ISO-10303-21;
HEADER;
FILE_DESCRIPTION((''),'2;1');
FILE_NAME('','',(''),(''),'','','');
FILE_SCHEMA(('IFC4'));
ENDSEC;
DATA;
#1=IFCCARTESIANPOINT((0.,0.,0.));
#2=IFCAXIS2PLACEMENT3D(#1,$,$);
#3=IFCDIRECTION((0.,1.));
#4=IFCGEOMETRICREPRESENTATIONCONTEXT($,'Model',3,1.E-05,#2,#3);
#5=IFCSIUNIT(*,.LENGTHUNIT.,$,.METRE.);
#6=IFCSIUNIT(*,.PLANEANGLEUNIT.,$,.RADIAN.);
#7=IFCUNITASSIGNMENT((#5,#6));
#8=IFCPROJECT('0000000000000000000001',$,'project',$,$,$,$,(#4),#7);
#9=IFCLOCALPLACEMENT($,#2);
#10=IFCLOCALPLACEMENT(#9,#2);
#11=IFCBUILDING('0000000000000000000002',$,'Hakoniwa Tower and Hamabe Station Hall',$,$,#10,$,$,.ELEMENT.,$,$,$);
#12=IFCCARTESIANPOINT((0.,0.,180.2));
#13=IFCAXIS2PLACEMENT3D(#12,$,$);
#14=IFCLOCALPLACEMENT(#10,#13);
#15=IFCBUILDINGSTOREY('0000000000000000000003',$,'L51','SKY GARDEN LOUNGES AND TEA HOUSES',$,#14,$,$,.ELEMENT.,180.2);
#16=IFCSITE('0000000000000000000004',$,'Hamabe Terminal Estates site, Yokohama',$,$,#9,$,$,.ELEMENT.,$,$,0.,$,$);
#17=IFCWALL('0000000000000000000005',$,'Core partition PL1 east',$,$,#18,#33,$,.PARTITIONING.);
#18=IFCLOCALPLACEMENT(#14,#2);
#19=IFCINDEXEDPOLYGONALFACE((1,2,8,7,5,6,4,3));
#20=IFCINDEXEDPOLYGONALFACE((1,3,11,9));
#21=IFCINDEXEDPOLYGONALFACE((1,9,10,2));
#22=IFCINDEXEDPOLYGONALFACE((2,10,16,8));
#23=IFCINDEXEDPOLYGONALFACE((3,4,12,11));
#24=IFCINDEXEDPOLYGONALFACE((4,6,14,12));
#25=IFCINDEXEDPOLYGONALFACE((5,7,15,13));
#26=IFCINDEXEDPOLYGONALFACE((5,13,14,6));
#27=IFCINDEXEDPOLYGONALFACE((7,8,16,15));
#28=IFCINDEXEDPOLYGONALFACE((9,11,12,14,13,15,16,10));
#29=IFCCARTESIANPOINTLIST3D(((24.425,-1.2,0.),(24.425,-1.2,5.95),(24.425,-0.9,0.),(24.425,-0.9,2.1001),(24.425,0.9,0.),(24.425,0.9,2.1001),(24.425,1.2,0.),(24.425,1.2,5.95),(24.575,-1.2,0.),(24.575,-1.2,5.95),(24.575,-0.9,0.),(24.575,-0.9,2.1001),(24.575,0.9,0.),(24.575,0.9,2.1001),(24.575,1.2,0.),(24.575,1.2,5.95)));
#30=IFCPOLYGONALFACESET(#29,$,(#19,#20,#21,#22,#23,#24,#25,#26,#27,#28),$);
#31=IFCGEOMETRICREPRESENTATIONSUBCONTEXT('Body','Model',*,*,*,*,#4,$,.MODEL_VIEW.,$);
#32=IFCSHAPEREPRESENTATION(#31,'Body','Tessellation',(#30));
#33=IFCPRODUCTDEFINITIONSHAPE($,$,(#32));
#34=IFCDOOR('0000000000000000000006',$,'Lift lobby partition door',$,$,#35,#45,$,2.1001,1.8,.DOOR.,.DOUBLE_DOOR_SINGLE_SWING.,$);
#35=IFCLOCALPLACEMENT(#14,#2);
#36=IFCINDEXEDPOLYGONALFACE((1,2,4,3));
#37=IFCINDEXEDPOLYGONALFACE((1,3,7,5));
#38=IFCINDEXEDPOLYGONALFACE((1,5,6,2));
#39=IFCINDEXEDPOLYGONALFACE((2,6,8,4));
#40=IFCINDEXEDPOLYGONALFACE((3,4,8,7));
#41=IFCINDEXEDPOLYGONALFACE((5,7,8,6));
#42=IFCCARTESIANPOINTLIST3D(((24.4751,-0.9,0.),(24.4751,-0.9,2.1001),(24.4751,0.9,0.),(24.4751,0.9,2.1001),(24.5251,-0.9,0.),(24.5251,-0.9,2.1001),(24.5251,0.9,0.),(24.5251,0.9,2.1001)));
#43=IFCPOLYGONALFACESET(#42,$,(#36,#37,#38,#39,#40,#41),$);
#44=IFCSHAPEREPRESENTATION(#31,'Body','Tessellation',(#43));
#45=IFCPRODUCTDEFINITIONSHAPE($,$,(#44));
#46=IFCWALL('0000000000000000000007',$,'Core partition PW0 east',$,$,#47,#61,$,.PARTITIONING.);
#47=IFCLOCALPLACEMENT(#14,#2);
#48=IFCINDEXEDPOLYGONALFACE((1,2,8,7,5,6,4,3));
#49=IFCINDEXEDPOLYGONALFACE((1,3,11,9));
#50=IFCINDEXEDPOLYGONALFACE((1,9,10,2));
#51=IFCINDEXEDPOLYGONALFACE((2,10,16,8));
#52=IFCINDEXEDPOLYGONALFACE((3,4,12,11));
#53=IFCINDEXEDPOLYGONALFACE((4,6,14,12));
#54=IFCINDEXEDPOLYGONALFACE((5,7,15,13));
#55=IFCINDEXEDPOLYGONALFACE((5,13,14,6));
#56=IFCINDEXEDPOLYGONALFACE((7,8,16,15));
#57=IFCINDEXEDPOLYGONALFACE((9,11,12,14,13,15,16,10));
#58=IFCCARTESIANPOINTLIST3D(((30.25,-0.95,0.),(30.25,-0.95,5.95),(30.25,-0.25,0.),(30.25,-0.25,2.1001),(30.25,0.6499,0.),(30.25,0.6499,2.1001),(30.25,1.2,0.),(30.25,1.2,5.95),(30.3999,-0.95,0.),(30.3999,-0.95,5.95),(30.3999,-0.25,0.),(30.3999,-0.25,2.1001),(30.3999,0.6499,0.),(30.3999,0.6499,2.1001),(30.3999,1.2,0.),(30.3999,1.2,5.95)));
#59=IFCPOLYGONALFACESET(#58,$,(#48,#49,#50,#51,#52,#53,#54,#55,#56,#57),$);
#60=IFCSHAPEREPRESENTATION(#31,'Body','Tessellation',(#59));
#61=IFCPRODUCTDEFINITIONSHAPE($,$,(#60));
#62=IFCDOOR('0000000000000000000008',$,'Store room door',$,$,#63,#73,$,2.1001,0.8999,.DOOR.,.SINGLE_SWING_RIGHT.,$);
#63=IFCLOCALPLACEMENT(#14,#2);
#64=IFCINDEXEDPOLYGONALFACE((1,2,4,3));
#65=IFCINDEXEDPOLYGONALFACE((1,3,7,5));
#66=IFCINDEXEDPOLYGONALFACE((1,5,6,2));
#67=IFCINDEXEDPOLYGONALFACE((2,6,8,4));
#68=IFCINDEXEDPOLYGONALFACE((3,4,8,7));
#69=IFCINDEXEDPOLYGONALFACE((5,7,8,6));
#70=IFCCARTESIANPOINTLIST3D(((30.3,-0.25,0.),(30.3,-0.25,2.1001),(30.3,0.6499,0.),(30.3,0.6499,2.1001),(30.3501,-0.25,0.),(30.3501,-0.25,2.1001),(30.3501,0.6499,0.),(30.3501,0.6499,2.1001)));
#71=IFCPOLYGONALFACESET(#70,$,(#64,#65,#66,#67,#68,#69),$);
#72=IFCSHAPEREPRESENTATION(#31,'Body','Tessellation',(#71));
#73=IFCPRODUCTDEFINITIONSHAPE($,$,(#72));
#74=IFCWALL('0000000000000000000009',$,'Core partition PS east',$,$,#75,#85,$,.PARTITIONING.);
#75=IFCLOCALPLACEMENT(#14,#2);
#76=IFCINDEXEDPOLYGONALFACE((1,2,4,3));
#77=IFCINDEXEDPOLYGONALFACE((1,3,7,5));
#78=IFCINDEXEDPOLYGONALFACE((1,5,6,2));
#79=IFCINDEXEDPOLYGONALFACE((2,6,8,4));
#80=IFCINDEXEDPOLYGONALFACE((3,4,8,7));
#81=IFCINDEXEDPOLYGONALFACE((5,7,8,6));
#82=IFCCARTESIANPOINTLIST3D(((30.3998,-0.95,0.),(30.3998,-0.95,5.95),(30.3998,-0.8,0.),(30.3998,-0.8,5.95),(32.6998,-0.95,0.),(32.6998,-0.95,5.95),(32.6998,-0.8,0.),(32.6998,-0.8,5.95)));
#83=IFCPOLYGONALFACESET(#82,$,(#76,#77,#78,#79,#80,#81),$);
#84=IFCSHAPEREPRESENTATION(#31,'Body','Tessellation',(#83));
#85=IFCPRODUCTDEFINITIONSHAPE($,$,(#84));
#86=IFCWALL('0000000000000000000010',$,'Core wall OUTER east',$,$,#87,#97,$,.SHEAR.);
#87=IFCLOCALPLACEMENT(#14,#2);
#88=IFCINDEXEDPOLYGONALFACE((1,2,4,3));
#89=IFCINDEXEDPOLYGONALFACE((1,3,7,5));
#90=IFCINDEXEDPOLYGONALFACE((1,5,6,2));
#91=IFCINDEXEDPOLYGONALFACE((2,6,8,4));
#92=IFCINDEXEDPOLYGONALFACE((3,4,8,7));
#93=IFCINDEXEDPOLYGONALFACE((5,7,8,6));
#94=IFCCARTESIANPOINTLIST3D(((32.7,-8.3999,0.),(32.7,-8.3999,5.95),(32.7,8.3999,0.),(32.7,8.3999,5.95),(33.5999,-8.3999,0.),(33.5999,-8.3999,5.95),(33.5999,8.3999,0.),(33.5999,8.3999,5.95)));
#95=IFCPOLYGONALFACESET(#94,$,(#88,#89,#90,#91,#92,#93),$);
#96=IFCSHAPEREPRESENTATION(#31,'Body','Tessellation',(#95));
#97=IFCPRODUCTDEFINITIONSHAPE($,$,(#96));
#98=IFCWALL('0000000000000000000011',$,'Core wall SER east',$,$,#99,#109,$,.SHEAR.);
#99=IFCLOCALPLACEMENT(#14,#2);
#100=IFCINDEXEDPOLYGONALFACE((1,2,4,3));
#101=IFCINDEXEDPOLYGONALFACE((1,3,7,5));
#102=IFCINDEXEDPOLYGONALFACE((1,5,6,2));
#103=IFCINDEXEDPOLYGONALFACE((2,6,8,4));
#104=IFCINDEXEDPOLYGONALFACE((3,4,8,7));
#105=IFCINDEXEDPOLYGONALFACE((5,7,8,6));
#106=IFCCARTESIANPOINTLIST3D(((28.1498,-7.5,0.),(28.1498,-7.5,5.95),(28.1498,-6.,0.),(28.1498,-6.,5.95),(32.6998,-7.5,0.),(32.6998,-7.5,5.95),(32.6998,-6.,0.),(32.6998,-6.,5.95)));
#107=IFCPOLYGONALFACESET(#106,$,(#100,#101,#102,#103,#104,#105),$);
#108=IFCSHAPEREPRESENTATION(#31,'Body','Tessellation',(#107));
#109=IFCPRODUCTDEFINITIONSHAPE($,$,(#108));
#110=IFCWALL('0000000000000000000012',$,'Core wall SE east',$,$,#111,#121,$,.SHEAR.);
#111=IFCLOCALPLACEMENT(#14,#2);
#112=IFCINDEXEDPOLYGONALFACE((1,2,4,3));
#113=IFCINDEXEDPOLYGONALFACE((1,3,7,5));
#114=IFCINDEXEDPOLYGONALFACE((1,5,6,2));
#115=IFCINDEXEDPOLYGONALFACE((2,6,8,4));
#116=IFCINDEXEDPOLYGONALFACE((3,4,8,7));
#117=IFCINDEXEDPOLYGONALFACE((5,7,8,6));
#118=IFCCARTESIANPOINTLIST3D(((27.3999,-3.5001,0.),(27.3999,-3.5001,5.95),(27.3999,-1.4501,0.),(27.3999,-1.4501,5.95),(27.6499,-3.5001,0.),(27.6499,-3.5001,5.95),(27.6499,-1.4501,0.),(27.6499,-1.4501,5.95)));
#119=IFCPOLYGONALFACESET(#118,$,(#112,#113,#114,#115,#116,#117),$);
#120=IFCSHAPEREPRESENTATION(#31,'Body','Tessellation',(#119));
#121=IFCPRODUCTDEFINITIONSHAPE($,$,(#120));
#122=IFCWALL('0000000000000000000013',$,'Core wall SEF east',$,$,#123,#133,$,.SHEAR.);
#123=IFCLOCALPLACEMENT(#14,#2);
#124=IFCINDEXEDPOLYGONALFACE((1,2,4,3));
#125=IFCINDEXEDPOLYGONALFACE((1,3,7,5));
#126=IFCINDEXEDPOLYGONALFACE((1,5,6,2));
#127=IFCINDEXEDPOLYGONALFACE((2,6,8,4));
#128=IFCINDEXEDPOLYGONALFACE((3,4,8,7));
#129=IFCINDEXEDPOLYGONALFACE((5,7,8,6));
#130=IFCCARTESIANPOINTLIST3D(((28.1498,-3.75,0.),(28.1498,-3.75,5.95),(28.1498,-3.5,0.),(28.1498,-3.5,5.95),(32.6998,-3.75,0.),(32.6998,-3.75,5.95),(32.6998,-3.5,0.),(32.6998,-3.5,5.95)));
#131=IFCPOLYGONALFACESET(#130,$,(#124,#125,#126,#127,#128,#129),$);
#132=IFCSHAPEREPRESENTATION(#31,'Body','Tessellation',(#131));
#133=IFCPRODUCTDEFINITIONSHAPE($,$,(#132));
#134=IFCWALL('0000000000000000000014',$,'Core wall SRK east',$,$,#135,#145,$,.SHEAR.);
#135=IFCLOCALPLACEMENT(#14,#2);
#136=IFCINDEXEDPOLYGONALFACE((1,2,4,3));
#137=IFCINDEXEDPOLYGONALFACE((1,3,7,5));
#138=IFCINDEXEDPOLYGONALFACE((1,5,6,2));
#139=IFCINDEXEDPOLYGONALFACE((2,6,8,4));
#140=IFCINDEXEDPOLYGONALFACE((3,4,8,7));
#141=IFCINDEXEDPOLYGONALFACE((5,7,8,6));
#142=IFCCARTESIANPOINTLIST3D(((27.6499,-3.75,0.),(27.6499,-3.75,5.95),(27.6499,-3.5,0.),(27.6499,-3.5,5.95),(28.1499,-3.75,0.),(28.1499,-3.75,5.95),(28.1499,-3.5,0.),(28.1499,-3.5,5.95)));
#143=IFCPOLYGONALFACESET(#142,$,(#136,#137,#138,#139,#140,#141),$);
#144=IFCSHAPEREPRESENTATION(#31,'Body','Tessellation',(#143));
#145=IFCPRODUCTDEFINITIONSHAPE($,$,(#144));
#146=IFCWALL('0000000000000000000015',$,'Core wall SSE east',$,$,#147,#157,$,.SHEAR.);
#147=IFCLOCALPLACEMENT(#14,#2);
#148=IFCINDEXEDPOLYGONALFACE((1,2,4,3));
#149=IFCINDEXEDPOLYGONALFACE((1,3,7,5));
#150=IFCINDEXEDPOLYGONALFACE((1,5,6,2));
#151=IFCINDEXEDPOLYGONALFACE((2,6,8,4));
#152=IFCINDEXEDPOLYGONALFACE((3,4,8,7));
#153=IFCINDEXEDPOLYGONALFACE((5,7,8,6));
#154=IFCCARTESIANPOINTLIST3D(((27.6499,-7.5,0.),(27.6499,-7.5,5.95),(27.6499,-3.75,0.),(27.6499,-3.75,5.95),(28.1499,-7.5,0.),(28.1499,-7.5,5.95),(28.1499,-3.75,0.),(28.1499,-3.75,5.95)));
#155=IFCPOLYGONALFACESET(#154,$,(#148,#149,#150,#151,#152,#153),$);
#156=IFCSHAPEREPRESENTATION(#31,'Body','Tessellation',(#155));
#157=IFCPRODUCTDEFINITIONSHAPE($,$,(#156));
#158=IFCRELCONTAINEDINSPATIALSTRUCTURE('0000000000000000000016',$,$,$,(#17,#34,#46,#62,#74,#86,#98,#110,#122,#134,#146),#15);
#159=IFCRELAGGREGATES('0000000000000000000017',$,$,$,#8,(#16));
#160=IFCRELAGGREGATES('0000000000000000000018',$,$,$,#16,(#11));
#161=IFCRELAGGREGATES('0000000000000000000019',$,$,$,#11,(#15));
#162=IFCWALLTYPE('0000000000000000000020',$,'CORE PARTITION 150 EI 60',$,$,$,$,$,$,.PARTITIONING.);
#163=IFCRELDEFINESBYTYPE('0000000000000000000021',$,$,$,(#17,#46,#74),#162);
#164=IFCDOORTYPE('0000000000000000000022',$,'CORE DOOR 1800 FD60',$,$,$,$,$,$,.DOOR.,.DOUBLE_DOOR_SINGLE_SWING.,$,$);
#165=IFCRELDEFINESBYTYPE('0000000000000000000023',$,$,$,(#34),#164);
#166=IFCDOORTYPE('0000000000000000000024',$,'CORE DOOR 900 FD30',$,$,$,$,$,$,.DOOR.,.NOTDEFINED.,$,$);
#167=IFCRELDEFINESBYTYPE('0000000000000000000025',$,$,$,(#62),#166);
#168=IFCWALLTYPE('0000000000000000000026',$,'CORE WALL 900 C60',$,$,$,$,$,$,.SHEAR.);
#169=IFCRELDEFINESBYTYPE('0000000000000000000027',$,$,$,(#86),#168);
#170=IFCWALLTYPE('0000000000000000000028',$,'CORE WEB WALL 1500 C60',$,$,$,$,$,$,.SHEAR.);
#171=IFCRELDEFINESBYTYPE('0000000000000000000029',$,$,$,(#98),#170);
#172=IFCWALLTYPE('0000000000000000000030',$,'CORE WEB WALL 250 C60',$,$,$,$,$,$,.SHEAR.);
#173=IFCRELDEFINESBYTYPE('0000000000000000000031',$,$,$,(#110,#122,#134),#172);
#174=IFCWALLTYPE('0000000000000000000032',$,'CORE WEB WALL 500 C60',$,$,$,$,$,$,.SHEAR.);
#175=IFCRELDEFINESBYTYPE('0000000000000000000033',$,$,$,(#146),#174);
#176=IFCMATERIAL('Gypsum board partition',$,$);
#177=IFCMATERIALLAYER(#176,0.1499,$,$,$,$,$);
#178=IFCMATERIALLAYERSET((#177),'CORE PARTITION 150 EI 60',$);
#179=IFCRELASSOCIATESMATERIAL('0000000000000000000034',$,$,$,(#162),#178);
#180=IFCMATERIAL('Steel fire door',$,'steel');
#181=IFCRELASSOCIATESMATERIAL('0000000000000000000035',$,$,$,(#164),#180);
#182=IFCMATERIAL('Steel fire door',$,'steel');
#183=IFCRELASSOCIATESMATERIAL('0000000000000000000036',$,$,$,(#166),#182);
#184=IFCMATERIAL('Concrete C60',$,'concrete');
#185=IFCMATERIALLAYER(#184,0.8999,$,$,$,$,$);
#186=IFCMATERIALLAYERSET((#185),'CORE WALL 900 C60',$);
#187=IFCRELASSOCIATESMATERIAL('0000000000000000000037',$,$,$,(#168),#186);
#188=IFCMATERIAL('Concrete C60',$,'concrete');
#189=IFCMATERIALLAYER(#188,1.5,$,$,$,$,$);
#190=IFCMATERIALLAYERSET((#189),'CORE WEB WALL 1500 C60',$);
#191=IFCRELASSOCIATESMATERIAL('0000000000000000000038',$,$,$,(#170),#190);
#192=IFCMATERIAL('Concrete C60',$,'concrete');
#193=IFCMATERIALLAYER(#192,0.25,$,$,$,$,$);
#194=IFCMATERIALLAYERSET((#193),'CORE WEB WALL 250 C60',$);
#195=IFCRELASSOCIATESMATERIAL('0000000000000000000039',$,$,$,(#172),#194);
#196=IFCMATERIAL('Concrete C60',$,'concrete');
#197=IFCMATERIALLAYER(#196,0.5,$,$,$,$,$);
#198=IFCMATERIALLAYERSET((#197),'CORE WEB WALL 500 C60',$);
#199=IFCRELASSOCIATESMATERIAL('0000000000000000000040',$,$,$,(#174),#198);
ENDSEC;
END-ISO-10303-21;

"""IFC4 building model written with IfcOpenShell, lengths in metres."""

from ifc_helpers import new_model, si_unit, direction, frame, frame_2d, origin, place, context, subcontext, project, spatial, rectangle, extrude, material, layer, layer_set, type_object, element, fill, save


model = new_model("IFC4")

# Units and contexts
model_context = context("Model", 3, precision=1e-05, world=origin(), true_north=direction((0.0, 1.0)))
body_context = subcontext(model_context, "Body", "Model", "MODEL_VIEW")
ifc_project = project(units=[si_unit("LENGTHUNIT", "METRE"), si_unit("PLANEANGLEUNIT", "RADIAN")], contexts=[model_context])

# Site, building, storey
site_placement = place(None, origin())
site = spatial("IfcSite", under=ifc_project, at=site_placement, Name="Hamabe Terminal Estates site, Yokohama", CompositionType="ELEMENT", RefElevation=0.0)
building_placement = place(site_placement, origin())
building = spatial("IfcBuilding", under=site, at=building_placement, Name="Hakoniwa Tower and Hamabe Station Hall", CompositionType="ELEMENT")
storey_placement = place(building_placement, frame((0.0, 0.0, 180.2)))
storey = spatial("IfcBuildingStorey", under=building, at=storey_placement, Name="L51", Description="SKY GARDEN LOUNGES AND TEA HOUSES", CompositionType="ELEMENT", Elevation=180.2)

# Walls, openings, doors
ifc_material_1 = material(Name="Gypsum board partition")
ifc_layer_1 = layer(ifc_material_1, 0.1499)
ifc_layer_set_1 = layer_set([ifc_layer_1], Name="CORE PARTITION 150 EI 60")
wall_type_1 = type_object("IfcWallType", Name="CORE PARTITION 150 EI 60", PredefinedType="PARTITIONING", material=ifc_layer_set_1)
wall_1_placement = place(storey_placement, frame((24.5, -1.2, 0.0), z_axis=(0.0, 0.0, 1.0), x_axis=(0.0, 1.0, 0.0)))
wall_1 = element("IfcWall", 1, at=wall_1_placement, inside=storey, type_object=wall_type_1, Name="Core partition PL1 east", PredefinedType="PARTITIONING", context=body_context, shape_type="SweptSolid", body=[
    extrude(rectangle(XDim=2.3999, YDim=0.1499, at=frame_2d((1.2, 0.0))), origin(), (0.0, 0.0, 1.0), 5.95),
])
opening_1_placement = place(wall_1_placement, frame((0.3, 0.0, 0.0)))
opening_1 = element("IfcOpeningElement", 2, at=opening_1_placement, cuts=wall_1, PredefinedType="OPENING", context=body_context, shape_type="SweptSolid", body=[
    extrude(rectangle(XDim=1.8, YDim=2.1001, at=frame_2d((0.8999, 1.05))), frame((0.0, 0.085, 0.0), z_axis=(0.0, -1.0, 0.0), x_axis=(1.0, 0.0, 0.0)), (0.0, 0.0, 1.0), 0.1699),
])
ifc_material_2 = material(Name="Steel fire door", Category="steel")
door_type_1 = type_object("IfcDoorType", Name="CORE DOOR 1800 FD60", OperationType="DOUBLE_DOOR_SINGLE_SWING", PredefinedType="DOOR", material=ifc_material_2)
door_1_placement = place(opening_1_placement, origin())
door_1 = element("IfcDoor", 3, at=door_1_placement, inside=storey, type_object=door_type_1, Name="Lift lobby partition door", OperationType="DOUBLE_DOOR_SINGLE_SWING", OverallHeight=2.1001, OverallWidth=1.8, PredefinedType="DOOR", context=body_context, shape_type="SweptSolid", body=[
    extrude(rectangle(XDim=1.8, YDim=2.1001, at=frame_2d((0.8999, 1.05))), frame((0.0, 0.0249, 0.0), z_axis=(0.0, -1.0, 0.0), x_axis=(1.0, 0.0, 0.0)), (0.0, 0.0, 1.0), 0.05),
])
fill(opening_1, door_1)
wall_2_placement = place(storey_placement, frame((30.325, -0.95, 0.0), z_axis=(0.0, 0.0, 1.0), x_axis=(0.0, 1.0, 0.0)))
wall_2 = element("IfcWall", 4, at=wall_2_placement, inside=storey, type_object=wall_type_1, Name="Core partition PW0 east", PredefinedType="PARTITIONING", context=body_context, shape_type="SweptSolid", body=[
    extrude(rectangle(XDim=2.1499, YDim=0.1499, at=frame_2d((1.075, 0.0))), origin(), (0.0, 0.0, 1.0), 5.95),
])
opening_2_placement = place(wall_2_placement, frame((0.7, 0.0, 0.0)))
opening_2 = element("IfcOpeningElement", 5, at=opening_2_placement, cuts=wall_2, PredefinedType="OPENING", context=body_context, shape_type="SweptSolid", body=[
    extrude(rectangle(XDim=0.8999, YDim=2.1001, at=frame_2d((0.45, 1.05))), frame((0.0, 0.085, 0.0), z_axis=(0.0, -1.0, 0.0), x_axis=(1.0, 0.0, 0.0)), (0.0, 0.0, 1.0), 0.1699),
])
ifc_material_3 = material(Name="Steel fire door", Category="steel")
door_type_2 = type_object("IfcDoorType", Name="CORE DOOR 900 FD30", OperationType="NOTDEFINED", PredefinedType="DOOR", material=ifc_material_3)
door_2_placement = place(opening_2_placement, origin())
door_2 = element("IfcDoor", 6, at=door_2_placement, inside=storey, type_object=door_type_2, Name="Store room door", OperationType="SINGLE_SWING_RIGHT", OverallHeight=2.1001, OverallWidth=0.8999, PredefinedType="DOOR", context=body_context, shape_type="SweptSolid", body=[
    extrude(rectangle(XDim=0.8999, YDim=2.1001, at=frame_2d((0.45, 1.05))), frame((0.0, 0.0249, 0.0), z_axis=(0.0, -1.0, 0.0), x_axis=(1.0, 0.0, 0.0)), (0.0, 0.0, 1.0), 0.05),
])
fill(opening_2, door_2)

# Walls
wall_3_placement = place(storey_placement, frame((30.3999, -0.875, 0.0), z_axis=(0.0, 0.0, 1.0), x_axis=(1.0, 0.0, 0.0)))
element("IfcWall", 7, at=wall_3_placement, inside=storey, type_object=wall_type_1, Name="Core partition PS east", PredefinedType="PARTITIONING", context=body_context, shape_type="SweptSolid", body=[
    extrude(rectangle(XDim=2.3, YDim=0.1499, at=frame_2d((1.1499, 0.0))), origin(), (0.0, 0.0, 1.0), 5.95),
])
ifc_material_4 = material(Name="Concrete C60", Category="concrete")
ifc_layer_2 = layer(ifc_material_4, 0.8999)
ifc_layer_set_2 = layer_set([ifc_layer_2], Name="CORE WALL 900 C60")
wall_type_2 = type_object("IfcWallType", Name="CORE WALL 900 C60", PredefinedType="SHEAR", material=ifc_layer_set_2)
wall_4_placement = place(storey_placement, frame((33.1499, -8.3999, 0.0), z_axis=(0.0, 0.0, 1.0), x_axis=(0.0, 1.0, 0.0)))
element("IfcWall", 8, at=wall_4_placement, inside=storey, type_object=wall_type_2, Name="Core wall OUTER east", PredefinedType="SHEAR", context=body_context, shape_type="SweptSolid", body=[
    extrude(rectangle(XDim=16.7998, YDim=0.8999, at=frame_2d((8.3999, 0.0))), origin(), (0.0, 0.0, 1.0), 5.95),
])
ifc_material_5 = material(Name="Concrete C60", Category="concrete")
ifc_layer_3 = layer(ifc_material_5, 1.5)
ifc_layer_set_3 = layer_set([ifc_layer_3], Name="CORE WEB WALL 1500 C60")
wall_type_3 = type_object("IfcWallType", Name="CORE WEB WALL 1500 C60", PredefinedType="SHEAR", material=ifc_layer_set_3)
wall_5_placement = place(storey_placement, frame((28.1499, -6.75, 0.0), z_axis=(0.0, 0.0, 1.0), x_axis=(1.0, 0.0, 0.0)))
element("IfcWall", 9, at=wall_5_placement, inside=storey, type_object=wall_type_3, Name="Core wall SER east", PredefinedType="SHEAR", context=body_context, shape_type="SweptSolid", body=[
    extrude(rectangle(XDim=4.55, YDim=1.5, at=frame_2d((2.2749, 0.0))), origin(), (0.0, 0.0, 1.0), 5.95),
])
ifc_material_6 = material(Name="Concrete C60", Category="concrete")
ifc_layer_4 = layer(ifc_material_6, 0.25)
ifc_layer_set_4 = layer_set([ifc_layer_4], Name="CORE WEB WALL 250 C60")
wall_type_4 = type_object("IfcWallType", Name="CORE WEB WALL 250 C60", PredefinedType="SHEAR", material=ifc_layer_set_4)
wall_6_placement = place(storey_placement, frame((27.5249, -3.5, 0.0), z_axis=(0.0, 0.0, 1.0), x_axis=(0.0, 1.0, 0.0)))
element("IfcWall", 10, at=wall_6_placement, inside=storey, type_object=wall_type_4, Name="Core wall SE east", PredefinedType="SHEAR", context=body_context, shape_type="SweptSolid", body=[
    extrude(rectangle(XDim=2.05, YDim=0.25, at=frame_2d((1.0249, 0.0))), origin(), (0.0, 0.0, 1.0), 5.95),
])
wall_7_placement = place(storey_placement, frame((28.1499, -3.625, 0.0), z_axis=(0.0, 0.0, 1.0), x_axis=(1.0, 0.0, 0.0)))
element("IfcWall", 11, at=wall_7_placement, inside=storey, type_object=wall_type_4, Name="Core wall SEF east", PredefinedType="SHEAR", context=body_context, shape_type="SweptSolid", body=[
    extrude(rectangle(XDim=4.55, YDim=0.25, at=frame_2d((2.2749, 0.0))), origin(), (0.0, 0.0, 1.0), 5.95),
])
wall_8_placement = place(storey_placement, frame((27.6499, -3.625, 0.0), z_axis=(0.0, 0.0, 1.0), x_axis=(1.0, 0.0, 0.0)))
element("IfcWall", 12, at=wall_8_placement, inside=storey, type_object=wall_type_4, Name="Core wall SRK east", PredefinedType="SHEAR", context=body_context, shape_type="SweptSolid", body=[
    extrude(rectangle(XDim=0.5, YDim=0.25, at=frame_2d((0.25, 0.0))), origin(), (0.0, 0.0, 1.0), 5.95),
])
ifc_material_7 = material(Name="Concrete C60", Category="concrete")
ifc_layer_5 = layer(ifc_material_7, 0.5)
ifc_layer_set_5 = layer_set([ifc_layer_5], Name="CORE WEB WALL 500 C60")
wall_type_5 = type_object("IfcWallType", Name="CORE WEB WALL 500 C60", PredefinedType="SHEAR", material=ifc_layer_set_5)
wall_9_placement = place(storey_placement, frame((27.8999, -7.5, 0.0), z_axis=(0.0, 0.0, 1.0), x_axis=(0.0, 1.0, 0.0)))
element("IfcWall", 13, at=wall_9_placement, inside=storey, type_object=wall_type_5, Name="Core wall SSE east", PredefinedType="SHEAR", context=body_context, shape_type="SweptSolid", body=[
    extrude(rectangle(XDim=3.75, YDim=0.5, at=frame_2d((1.875, 0.0))), origin(), (0.0, 0.0, 1.0), 5.95),
])

save(model, "model.ifc")
